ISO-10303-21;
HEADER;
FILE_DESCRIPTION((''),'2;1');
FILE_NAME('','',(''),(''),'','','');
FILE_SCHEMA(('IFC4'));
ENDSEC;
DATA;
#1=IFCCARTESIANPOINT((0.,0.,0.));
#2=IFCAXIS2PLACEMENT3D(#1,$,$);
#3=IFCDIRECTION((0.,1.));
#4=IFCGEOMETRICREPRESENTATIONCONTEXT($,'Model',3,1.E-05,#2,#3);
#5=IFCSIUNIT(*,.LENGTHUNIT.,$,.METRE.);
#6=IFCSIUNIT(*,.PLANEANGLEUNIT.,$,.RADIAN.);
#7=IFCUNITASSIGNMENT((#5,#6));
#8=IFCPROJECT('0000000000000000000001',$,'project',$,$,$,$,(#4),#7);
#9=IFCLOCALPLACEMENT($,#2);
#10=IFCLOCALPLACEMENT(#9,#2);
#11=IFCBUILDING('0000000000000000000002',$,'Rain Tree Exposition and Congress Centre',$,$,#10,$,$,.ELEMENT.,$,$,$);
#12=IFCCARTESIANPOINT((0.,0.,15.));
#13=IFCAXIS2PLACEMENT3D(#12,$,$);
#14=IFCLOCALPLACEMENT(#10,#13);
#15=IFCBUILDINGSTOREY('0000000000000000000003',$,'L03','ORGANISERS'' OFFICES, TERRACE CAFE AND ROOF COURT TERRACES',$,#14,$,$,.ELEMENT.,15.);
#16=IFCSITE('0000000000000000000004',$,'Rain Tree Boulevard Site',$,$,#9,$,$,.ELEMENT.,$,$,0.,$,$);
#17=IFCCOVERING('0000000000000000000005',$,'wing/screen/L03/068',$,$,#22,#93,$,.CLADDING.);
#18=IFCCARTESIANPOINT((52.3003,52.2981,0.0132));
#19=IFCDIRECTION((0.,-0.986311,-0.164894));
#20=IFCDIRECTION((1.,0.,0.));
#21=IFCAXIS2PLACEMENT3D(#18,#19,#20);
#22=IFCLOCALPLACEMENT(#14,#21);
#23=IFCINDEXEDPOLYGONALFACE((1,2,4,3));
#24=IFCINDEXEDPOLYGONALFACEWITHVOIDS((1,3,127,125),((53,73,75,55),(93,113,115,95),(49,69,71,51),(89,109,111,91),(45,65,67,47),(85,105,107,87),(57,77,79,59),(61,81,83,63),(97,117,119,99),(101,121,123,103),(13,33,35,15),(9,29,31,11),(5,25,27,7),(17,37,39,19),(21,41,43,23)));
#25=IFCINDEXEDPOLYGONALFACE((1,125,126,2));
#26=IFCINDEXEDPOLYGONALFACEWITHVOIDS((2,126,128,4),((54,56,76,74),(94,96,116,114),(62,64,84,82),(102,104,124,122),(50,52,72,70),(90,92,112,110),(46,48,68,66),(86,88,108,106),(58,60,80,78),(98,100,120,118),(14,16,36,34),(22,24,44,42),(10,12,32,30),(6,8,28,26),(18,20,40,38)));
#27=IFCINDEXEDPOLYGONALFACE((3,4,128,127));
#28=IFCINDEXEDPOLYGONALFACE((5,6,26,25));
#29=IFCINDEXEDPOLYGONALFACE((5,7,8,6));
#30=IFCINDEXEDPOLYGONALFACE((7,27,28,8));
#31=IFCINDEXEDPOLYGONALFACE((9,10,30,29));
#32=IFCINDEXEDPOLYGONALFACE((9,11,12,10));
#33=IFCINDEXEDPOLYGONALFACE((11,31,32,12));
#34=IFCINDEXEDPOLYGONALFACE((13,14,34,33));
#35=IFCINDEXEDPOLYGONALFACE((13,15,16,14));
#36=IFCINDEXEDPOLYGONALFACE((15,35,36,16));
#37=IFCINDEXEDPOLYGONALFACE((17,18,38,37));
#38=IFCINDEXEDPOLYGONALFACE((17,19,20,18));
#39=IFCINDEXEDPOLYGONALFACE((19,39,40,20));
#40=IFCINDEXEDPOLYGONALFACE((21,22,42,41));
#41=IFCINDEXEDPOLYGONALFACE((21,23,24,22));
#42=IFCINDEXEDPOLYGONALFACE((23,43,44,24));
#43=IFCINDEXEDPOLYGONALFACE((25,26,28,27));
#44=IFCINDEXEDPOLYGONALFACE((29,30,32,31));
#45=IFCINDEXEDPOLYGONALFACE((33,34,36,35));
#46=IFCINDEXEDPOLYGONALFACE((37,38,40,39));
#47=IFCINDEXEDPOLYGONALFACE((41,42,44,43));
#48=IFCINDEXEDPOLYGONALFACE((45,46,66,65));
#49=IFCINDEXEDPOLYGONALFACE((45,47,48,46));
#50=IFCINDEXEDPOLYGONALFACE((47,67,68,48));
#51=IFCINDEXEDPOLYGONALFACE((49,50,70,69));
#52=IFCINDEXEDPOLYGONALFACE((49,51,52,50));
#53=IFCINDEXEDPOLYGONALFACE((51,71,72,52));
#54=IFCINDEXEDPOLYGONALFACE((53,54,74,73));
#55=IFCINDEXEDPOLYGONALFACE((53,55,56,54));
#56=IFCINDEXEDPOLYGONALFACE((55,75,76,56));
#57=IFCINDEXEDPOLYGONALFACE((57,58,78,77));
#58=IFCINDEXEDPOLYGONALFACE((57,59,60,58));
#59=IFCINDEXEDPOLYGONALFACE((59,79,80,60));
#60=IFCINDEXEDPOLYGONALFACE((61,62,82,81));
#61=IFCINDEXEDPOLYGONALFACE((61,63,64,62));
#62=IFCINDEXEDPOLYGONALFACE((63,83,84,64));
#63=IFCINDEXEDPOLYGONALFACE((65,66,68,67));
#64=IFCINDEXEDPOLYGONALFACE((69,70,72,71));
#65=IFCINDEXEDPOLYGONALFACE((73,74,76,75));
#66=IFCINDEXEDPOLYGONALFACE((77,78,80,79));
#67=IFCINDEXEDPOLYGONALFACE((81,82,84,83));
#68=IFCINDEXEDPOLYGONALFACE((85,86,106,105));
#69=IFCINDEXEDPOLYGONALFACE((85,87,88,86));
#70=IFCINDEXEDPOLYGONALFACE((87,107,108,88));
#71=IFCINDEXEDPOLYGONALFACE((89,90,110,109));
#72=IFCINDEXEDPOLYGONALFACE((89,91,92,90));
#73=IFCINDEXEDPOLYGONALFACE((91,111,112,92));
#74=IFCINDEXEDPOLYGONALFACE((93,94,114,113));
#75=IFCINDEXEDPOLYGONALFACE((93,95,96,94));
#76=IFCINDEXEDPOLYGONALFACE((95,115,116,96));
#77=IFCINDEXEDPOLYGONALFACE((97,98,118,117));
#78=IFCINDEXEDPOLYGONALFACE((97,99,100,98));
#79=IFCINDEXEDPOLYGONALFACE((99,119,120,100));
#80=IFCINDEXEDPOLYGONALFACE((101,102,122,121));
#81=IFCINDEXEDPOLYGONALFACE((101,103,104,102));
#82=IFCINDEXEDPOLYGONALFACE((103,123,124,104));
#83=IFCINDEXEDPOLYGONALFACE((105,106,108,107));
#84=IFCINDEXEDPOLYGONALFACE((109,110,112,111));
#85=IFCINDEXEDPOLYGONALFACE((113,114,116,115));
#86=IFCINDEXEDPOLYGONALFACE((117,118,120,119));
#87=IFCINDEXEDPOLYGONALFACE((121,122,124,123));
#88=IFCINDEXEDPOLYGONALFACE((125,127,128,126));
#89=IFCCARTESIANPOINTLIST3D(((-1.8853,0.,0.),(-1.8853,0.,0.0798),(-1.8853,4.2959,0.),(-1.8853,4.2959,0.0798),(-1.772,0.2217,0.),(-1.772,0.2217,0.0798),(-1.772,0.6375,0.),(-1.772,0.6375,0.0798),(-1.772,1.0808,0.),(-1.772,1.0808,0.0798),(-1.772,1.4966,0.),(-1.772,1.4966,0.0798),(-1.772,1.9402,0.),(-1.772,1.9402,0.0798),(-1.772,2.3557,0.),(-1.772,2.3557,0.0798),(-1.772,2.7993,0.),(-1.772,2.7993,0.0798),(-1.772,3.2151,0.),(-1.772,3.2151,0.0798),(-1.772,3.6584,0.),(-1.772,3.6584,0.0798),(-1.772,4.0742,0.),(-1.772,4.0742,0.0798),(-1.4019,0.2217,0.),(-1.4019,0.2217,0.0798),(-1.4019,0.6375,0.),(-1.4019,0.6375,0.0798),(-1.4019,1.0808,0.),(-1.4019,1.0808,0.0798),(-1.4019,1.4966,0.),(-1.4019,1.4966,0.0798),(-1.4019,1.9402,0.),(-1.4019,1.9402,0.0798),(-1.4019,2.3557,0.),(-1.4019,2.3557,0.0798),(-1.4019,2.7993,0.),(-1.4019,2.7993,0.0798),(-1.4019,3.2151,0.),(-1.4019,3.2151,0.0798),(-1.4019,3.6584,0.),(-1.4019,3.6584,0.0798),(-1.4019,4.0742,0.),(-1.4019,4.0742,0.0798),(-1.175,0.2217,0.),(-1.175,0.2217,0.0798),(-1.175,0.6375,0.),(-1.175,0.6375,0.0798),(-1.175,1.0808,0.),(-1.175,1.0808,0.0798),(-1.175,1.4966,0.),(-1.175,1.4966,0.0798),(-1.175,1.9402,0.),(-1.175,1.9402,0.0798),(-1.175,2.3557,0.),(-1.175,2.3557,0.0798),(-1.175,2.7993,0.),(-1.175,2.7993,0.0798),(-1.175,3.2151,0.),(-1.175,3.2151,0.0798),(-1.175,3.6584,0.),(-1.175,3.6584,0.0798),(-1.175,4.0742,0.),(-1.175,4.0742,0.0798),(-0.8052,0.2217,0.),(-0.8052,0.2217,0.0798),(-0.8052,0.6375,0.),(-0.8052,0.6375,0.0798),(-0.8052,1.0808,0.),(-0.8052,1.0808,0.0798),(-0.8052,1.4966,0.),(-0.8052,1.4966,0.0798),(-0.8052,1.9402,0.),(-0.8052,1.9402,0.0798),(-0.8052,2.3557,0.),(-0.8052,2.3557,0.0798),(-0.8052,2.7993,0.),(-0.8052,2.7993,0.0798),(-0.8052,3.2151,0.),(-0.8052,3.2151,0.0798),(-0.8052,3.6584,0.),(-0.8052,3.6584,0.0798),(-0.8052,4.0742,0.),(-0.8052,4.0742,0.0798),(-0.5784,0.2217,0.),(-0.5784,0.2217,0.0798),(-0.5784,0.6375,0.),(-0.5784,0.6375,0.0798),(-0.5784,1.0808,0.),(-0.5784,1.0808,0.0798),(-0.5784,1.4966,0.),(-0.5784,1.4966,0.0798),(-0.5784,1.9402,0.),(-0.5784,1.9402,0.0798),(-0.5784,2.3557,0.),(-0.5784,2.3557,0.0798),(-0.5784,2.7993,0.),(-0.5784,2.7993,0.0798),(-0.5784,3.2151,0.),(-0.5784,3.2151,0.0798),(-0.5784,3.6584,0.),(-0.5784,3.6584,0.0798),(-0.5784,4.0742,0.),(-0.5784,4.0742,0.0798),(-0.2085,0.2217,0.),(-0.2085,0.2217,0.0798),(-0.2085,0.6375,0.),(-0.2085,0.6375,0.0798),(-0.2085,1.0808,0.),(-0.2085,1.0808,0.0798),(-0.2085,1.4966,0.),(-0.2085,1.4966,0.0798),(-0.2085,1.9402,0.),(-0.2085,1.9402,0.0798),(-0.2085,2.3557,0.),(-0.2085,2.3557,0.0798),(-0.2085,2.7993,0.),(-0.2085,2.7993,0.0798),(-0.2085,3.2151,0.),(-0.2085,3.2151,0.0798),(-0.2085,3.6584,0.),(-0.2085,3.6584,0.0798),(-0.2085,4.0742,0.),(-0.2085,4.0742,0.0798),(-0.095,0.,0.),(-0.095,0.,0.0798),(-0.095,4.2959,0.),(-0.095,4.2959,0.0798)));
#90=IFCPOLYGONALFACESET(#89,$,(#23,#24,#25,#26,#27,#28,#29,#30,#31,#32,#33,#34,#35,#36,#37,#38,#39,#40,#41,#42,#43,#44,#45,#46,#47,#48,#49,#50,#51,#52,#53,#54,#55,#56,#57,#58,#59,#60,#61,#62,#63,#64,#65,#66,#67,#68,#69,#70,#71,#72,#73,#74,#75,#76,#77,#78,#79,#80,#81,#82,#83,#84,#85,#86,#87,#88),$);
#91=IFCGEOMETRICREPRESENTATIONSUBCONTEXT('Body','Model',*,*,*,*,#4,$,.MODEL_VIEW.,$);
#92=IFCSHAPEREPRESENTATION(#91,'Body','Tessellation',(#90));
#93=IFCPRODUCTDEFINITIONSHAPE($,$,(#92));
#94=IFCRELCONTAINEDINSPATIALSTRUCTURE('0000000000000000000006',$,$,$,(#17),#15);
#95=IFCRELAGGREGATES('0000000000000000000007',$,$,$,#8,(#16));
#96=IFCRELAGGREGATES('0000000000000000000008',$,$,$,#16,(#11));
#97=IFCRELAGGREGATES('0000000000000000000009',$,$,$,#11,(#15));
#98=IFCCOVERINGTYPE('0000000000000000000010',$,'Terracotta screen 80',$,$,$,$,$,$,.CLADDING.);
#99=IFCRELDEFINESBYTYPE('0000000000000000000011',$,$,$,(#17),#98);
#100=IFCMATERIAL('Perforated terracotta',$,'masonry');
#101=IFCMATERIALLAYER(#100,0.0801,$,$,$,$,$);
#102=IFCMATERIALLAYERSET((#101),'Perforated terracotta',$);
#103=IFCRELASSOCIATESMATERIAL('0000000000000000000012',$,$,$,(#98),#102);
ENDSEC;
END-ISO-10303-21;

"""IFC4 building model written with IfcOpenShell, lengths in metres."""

from ifc_helpers import new_model, si_unit, direction, frame, origin, place, context, subcontext, project, spatial, polyline, outline, extrude, material, layer, layer_set, type_object, element, save


model = new_model("IFC4")

# Units and contexts
model_context = context("Model", 3, precision=1e-05, world=origin(), true_north=direction((0.0, 1.0)))
body_context = subcontext(model_context, "Body", "Model", "MODEL_VIEW")
ifc_project = project(units=[si_unit("LENGTHUNIT", "METRE"), si_unit("PLANEANGLEUNIT", "RADIAN")], contexts=[model_context])

# Site, building, storey
site_placement = place(None, origin())
site = spatial("IfcSite", under=ifc_project, at=site_placement, Name="Rain Tree Boulevard Site", CompositionType="ELEMENT", RefElevation=0.0)
building_placement = place(site_placement, origin())
building = spatial("IfcBuilding", under=site, at=building_placement, Name="Rain Tree Exposition and Congress Centre", CompositionType="ELEMENT")
storey_placement = place(building_placement, frame((0.0, 0.0, 15.0)))
storey = spatial("IfcBuildingStorey", under=building, at=storey_placement, Name="L03", Description="ORGANISERS' OFFICES, TERRACE CAFE AND ROOF COURT TERRACES", CompositionType="ELEMENT", Elevation=15.0)

# Covering
ifc_material_1 = material(Name="Perforated terracotta", Category="masonry")
ifc_layer_1 = layer(ifc_material_1, 0.0801)
ifc_layer_set_1 = layer_set([ifc_layer_1], Name="Perforated terracotta")
covering_type_1 = type_object("IfcCoveringType", Name="Terracotta screen 80", PredefinedType="CLADDING", material=ifc_layer_set_1)
covering_1_placement = place(storey_placement, frame((52.3003, 52.2981, 0.0132), z_axis=(0.0, -0.986311, -0.164894), x_axis=(1.0, 0.0, 0.0)))
element("IfcCovering", 1, at=covering_1_placement, inside=storey, type_object=covering_type_1, Name="wing/screen/L03/068", PredefinedType="CLADDING", context=body_context, shape_type="SweptSolid", body=[
    extrude(outline(polyline([(-1.8853, 0.0), (-1.8853, 4.2959), (-0.095, 4.2959), (-0.095, 0.0), (-1.8853, 0.0)]), holes=[polyline([(-0.2085, 0.2217), (-0.2085, 0.6375), (-0.5784, 0.6375), (-0.5784, 0.2217), (-0.2085, 0.2217)]), polyline([(-0.2085, 1.0808), (-0.2085, 1.4966), (-0.5784, 1.4966), (-0.5784, 1.0808), (-0.2085, 1.0808)]), polyline([(-0.2085, 1.9402), (-0.2085, 2.3557), (-0.5784, 2.3557), (-0.5784, 1.9402), (-0.2085, 1.9402)]), polyline([(-0.2085, 2.7993), (-0.2085, 3.2151), (-0.5784, 3.2151), (-0.5784, 2.7993), (-0.2085, 2.7993)]), polyline([(-0.2085, 3.6584), (-0.2085, 4.0742), (-0.5784, 4.0742), (-0.5784, 3.6584), (-0.2085, 3.6584)]), polyline([(-0.8052, 0.2217), (-0.8052, 0.6375), (-1.175, 0.6375), (-1.175, 0.2217), (-0.8052, 0.2217)]), polyline([(-0.8052, 1.0808), (-0.8052, 1.4966), (-1.175, 1.4966), (-1.175, 1.0808), (-0.8052, 1.0808)]), polyline([(-0.8052, 1.9402), (-0.8052, 2.3557), (-1.175, 2.3557), (-1.175, 1.9402), (-0.8052, 1.9402)]), polyline([(-0.8052, 2.7993), (-0.8052, 3.2151), (-1.175, 3.2151), (-1.175, 2.7993), (-0.8052, 2.7993)]), polyline([(-0.8052, 3.6584), (-0.8052, 4.0742), (-1.175, 4.0742), (-1.175, 3.6584), (-0.8052, 3.6584)]), polyline([(-1.4019, 0.2217), (-1.4019, 0.6375), (-1.772, 0.6375), (-1.772, 0.2217), (-1.4019, 0.2217)]), polyline([(-1.4019, 1.0808), (-1.4019, 1.4966), (-1.772, 1.4966), (-1.772, 1.0808), (-1.4019, 1.0808)]), polyline([(-1.4019, 1.9402), (-1.4019, 2.3557), (-1.772, 2.3557), (-1.772, 1.9402), (-1.4019, 1.9402)]), polyline([(-1.4019, 2.7993), (-1.4019, 3.2151), (-1.772, 3.2151), (-1.772, 2.7993), (-1.4019, 2.7993)]), polyline([(-1.4019, 3.6584), (-1.4019, 4.0742), (-1.772, 4.0742), (-1.772, 3.6584), (-1.4019, 3.6584)])]), origin(), (0.0, 0.0, 1.0), 0.0798),
])

save(model, "model.ifc")
